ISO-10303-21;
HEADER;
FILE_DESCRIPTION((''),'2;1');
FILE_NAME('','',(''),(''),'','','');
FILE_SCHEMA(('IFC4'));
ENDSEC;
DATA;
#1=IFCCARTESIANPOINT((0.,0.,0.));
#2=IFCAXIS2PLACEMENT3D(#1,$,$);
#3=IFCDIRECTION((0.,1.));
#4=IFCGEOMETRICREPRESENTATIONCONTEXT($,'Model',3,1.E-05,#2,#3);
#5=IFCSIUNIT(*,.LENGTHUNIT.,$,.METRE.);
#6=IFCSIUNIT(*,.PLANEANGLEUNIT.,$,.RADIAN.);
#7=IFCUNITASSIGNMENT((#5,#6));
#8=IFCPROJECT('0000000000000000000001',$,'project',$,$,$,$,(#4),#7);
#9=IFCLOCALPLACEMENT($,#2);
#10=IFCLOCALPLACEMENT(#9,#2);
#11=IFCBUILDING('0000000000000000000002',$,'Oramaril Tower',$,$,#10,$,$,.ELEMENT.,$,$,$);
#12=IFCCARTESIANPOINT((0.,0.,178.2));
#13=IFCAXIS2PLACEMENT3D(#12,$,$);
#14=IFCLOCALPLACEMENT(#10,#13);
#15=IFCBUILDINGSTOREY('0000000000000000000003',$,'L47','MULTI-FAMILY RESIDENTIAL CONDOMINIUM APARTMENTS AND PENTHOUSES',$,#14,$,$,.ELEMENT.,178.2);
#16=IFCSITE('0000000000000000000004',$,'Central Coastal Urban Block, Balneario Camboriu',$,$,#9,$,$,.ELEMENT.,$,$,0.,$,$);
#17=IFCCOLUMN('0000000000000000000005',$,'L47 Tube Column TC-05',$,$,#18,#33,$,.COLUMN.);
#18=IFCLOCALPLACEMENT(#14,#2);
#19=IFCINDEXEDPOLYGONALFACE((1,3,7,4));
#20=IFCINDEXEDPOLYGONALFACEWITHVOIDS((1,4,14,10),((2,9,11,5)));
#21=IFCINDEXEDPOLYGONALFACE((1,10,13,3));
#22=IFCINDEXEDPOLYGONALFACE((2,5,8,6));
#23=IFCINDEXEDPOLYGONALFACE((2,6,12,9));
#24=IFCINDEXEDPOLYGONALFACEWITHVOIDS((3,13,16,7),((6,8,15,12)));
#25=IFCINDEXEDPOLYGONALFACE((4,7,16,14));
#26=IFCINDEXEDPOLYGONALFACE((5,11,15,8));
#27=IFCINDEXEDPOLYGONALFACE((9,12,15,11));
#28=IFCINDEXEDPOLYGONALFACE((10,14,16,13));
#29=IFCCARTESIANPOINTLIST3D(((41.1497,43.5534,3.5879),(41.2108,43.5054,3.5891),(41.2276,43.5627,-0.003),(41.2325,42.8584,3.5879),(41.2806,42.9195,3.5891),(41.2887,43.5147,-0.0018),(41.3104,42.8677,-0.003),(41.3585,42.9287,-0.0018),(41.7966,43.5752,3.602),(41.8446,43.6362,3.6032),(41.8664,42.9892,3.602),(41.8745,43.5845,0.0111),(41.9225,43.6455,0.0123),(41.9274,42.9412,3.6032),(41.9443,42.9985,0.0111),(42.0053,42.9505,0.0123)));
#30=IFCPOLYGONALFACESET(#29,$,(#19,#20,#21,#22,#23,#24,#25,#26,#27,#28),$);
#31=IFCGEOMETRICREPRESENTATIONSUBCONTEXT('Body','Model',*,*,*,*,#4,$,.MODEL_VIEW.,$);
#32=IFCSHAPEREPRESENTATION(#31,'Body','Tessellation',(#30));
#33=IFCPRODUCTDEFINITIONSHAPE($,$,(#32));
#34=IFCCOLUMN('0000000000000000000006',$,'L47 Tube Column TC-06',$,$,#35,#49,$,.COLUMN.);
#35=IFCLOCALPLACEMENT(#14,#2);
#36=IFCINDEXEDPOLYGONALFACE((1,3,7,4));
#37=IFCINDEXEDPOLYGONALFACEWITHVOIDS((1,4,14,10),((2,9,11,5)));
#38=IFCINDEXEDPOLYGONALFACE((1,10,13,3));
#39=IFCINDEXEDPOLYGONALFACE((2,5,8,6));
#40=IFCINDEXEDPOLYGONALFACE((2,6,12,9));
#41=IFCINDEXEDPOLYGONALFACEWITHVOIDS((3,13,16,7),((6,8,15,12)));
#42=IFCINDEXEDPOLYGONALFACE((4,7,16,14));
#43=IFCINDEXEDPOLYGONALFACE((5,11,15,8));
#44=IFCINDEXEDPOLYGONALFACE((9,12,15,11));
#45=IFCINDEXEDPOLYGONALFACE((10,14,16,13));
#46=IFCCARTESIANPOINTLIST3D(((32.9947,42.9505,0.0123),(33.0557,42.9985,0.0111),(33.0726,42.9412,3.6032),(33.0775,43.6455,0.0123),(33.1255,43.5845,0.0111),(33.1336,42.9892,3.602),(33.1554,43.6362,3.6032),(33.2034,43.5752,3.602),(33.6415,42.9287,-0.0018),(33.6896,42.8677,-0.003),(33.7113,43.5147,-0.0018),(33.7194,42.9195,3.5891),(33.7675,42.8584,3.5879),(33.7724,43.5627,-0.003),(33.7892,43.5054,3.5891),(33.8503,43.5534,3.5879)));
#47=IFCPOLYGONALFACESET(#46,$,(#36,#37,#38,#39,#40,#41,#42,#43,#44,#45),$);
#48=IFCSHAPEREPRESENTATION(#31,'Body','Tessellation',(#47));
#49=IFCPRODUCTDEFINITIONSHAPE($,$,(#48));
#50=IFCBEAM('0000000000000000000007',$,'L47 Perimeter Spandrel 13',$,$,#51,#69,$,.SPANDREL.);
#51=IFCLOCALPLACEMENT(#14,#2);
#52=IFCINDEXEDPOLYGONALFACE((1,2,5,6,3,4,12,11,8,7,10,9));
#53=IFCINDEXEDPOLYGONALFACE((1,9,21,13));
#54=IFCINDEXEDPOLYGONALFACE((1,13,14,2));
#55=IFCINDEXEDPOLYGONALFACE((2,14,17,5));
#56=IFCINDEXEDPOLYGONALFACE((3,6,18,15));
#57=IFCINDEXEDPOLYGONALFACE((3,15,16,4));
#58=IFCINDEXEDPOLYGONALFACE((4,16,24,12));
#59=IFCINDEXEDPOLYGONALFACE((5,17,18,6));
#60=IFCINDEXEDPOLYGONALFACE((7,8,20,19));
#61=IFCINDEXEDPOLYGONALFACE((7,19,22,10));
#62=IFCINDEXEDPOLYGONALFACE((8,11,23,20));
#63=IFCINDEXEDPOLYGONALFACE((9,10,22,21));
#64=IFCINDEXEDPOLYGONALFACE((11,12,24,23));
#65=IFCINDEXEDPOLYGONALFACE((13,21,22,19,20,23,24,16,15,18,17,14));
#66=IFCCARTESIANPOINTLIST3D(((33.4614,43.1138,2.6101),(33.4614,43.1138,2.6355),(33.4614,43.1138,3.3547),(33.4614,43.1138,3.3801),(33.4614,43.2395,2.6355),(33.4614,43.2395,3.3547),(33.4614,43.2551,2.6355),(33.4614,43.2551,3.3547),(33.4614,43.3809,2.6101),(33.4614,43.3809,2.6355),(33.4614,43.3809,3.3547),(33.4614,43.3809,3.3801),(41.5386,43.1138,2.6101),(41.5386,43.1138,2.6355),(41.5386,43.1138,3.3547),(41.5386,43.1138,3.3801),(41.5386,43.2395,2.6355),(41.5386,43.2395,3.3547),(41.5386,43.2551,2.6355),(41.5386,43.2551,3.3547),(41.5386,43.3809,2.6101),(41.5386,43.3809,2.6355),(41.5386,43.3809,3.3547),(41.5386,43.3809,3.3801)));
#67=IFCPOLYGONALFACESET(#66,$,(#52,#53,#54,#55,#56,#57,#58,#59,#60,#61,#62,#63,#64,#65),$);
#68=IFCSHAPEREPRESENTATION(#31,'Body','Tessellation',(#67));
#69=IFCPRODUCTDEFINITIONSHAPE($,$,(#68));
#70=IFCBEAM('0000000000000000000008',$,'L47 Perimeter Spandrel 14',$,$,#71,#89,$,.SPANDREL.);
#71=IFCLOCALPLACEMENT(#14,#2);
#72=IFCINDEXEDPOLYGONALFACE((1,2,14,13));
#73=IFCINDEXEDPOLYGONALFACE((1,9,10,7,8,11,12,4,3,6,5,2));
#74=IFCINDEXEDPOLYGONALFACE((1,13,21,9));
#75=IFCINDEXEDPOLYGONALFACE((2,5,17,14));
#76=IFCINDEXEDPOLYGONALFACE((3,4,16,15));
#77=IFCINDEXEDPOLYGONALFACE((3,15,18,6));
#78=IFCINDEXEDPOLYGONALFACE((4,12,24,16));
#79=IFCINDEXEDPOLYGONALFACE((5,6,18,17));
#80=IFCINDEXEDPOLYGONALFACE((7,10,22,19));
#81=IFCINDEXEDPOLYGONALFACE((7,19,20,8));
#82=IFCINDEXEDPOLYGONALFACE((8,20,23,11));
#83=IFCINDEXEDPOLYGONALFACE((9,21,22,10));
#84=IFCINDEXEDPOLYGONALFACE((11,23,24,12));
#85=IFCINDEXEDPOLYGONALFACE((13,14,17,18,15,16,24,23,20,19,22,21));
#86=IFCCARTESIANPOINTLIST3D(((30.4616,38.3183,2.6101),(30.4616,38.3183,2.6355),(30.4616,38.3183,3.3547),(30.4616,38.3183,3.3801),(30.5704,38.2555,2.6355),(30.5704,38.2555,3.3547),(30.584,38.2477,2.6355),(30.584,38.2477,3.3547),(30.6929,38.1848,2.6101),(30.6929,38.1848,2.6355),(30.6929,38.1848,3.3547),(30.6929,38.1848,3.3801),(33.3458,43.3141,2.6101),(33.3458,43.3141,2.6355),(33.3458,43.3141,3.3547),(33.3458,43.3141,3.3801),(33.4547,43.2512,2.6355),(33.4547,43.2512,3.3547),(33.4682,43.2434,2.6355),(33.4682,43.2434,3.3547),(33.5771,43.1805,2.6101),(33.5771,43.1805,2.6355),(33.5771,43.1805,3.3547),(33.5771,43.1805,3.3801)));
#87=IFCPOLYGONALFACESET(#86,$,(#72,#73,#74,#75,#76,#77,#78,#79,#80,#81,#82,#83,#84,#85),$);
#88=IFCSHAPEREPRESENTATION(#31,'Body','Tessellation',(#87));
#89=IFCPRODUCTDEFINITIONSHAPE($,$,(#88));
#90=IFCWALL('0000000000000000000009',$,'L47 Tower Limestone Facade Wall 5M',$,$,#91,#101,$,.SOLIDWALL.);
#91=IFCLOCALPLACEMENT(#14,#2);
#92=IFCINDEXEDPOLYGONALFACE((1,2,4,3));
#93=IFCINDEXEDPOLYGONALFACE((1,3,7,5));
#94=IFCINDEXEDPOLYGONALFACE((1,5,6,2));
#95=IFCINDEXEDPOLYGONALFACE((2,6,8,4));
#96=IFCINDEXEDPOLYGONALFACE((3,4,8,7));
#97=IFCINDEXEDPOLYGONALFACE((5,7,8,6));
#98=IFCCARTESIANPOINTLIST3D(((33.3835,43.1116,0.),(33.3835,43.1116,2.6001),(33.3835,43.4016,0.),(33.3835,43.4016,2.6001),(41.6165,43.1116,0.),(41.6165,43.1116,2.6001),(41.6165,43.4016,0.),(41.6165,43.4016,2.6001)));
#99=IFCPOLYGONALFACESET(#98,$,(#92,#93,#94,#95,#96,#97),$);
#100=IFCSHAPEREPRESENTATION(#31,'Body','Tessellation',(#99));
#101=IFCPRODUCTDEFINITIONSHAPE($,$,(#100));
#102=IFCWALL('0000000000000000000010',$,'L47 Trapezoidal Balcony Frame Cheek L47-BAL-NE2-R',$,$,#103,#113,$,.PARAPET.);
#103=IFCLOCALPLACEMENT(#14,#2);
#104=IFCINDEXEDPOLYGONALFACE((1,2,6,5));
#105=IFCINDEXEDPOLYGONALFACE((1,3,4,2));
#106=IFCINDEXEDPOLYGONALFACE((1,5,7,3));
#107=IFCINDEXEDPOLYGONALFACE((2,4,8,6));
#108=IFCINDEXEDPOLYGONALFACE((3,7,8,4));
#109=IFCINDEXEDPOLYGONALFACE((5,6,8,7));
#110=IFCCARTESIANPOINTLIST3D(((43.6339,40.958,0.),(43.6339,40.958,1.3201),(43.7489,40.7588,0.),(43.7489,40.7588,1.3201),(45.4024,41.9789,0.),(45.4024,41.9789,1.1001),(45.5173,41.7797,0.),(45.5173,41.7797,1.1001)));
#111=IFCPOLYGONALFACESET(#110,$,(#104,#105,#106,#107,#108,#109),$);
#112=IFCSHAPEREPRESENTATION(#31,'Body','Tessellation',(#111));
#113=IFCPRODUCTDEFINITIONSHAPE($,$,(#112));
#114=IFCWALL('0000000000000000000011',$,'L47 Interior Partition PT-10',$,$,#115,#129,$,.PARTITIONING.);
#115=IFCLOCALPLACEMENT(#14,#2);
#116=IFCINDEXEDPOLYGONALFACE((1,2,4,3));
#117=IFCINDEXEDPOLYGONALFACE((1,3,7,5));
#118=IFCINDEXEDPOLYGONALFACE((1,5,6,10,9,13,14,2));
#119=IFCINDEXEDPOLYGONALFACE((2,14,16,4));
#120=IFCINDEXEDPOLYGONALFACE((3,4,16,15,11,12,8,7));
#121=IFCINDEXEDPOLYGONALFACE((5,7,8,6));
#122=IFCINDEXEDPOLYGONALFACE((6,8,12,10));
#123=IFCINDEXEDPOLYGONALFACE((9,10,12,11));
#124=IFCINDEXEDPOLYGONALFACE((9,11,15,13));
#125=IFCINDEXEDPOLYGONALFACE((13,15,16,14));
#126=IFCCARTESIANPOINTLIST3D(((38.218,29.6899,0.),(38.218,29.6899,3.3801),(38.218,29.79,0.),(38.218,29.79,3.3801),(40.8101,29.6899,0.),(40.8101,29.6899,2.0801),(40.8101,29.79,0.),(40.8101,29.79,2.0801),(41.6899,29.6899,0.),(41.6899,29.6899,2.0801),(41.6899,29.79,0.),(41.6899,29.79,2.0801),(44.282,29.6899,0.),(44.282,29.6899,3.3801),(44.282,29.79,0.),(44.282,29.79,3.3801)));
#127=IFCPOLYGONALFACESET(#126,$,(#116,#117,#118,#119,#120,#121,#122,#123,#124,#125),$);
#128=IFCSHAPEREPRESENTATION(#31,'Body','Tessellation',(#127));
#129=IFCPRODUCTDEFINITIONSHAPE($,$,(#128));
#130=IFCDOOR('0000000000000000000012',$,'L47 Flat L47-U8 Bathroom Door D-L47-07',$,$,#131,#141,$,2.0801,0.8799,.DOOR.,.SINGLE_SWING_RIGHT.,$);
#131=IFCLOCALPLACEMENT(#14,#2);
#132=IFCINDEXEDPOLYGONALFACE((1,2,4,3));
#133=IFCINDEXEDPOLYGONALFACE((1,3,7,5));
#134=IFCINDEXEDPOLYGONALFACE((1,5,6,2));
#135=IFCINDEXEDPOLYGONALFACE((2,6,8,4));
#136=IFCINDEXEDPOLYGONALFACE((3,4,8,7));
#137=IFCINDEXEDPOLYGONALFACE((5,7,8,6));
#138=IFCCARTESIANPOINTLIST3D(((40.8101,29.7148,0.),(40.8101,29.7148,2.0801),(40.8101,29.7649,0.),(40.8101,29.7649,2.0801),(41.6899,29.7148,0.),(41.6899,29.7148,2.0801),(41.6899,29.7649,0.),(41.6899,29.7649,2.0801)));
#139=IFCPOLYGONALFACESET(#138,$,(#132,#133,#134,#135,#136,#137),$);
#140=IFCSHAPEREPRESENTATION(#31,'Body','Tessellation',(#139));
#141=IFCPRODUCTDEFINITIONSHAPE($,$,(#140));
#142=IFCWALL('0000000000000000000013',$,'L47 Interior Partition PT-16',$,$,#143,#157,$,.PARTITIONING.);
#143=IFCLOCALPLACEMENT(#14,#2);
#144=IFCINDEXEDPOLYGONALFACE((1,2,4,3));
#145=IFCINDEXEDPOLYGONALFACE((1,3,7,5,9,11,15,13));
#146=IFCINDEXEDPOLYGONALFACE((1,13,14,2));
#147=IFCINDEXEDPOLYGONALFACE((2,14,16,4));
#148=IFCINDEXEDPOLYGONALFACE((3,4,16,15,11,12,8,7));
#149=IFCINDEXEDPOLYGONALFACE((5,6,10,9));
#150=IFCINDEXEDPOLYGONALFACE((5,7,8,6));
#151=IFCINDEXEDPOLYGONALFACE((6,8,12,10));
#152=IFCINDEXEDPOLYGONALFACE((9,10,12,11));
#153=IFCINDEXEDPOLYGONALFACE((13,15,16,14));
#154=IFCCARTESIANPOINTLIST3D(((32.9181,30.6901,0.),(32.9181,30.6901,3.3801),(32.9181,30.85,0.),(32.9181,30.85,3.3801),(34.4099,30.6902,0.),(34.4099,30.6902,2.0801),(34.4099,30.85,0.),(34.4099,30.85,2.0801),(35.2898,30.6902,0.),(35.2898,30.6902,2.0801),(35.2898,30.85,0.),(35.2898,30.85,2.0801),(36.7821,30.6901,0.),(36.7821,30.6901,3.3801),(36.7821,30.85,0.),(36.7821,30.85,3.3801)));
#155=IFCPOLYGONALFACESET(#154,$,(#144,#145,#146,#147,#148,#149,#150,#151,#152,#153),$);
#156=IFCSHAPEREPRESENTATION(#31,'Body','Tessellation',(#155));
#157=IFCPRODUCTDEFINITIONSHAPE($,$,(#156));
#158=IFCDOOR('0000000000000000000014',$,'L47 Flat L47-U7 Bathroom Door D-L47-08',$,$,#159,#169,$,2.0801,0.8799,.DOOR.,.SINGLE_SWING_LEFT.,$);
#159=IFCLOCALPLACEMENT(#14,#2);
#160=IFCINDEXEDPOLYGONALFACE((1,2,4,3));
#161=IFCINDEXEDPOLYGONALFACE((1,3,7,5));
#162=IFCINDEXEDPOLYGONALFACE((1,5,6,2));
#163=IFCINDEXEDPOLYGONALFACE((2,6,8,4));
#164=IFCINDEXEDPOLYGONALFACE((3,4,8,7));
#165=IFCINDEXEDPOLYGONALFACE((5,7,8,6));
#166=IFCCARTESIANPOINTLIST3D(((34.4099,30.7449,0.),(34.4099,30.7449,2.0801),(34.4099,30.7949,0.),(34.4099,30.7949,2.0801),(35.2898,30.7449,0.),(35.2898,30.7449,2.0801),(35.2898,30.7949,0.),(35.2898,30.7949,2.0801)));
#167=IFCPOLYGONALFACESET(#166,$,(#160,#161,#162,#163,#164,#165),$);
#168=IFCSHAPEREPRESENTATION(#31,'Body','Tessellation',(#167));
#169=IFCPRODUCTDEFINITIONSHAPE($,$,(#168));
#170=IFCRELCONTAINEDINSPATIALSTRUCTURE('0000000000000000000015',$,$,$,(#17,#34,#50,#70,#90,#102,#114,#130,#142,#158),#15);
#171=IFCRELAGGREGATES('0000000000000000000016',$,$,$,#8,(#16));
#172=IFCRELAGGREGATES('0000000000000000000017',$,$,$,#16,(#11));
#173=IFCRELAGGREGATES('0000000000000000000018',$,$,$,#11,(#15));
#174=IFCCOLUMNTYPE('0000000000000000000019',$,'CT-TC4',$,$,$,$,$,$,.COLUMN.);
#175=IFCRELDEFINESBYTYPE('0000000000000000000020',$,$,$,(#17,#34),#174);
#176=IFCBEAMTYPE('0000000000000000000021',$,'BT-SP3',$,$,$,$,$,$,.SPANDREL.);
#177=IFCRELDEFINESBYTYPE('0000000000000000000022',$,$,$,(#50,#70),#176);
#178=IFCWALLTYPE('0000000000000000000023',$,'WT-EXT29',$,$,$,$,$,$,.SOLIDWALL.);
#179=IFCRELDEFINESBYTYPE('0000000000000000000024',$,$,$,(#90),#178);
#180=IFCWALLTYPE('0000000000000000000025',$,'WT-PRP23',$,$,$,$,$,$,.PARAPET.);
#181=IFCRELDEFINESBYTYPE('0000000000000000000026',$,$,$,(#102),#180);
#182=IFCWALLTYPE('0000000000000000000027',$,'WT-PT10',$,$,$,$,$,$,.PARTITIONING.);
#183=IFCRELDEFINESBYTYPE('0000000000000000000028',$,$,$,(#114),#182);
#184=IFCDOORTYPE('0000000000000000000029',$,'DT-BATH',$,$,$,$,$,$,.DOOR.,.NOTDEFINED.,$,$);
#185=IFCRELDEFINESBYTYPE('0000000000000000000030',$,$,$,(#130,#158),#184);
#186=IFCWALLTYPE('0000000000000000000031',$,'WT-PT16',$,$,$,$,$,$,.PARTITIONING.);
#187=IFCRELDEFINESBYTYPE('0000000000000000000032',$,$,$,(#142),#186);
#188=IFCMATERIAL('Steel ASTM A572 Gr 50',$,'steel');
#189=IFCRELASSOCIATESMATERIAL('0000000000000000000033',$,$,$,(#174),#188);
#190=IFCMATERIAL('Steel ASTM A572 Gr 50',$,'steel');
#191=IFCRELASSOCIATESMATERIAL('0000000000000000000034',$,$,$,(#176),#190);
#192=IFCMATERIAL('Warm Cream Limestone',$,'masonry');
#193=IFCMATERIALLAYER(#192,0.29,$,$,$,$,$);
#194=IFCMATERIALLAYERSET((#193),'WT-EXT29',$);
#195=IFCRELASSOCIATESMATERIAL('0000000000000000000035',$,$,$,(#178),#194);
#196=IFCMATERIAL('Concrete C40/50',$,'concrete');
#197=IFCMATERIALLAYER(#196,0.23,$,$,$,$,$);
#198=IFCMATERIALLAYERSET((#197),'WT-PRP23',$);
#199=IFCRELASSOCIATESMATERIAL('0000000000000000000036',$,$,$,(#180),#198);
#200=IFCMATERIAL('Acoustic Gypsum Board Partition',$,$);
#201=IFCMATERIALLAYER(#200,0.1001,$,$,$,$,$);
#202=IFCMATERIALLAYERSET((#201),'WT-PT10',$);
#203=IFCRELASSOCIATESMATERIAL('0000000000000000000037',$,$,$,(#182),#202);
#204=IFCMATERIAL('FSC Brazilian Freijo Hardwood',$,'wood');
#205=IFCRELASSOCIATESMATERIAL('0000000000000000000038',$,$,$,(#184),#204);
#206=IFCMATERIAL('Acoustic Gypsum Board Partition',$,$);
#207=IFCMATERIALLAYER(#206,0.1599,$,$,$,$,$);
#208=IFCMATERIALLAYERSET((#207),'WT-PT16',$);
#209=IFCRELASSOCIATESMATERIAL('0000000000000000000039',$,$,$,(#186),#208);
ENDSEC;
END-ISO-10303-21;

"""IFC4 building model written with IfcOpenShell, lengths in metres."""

from ifc_helpers import new_model, si_unit, direction, frame, frame_2d, origin, origin_2d, place, context, subcontext, project, spatial, polyline, rectangle, hollow_rectangle, i_section, outline, extrude, material, layer, layer_set, material_profile, profile_set, type_object, element, fill, save


model = new_model("IFC4")

# Units and contexts
model_context = context("Model", 3, precision=1e-05, world=origin(), true_north=direction((0.0, 1.0)))
body_context = subcontext(model_context, "Body", "Model", "MODEL_VIEW")
ifc_project = project(units=[si_unit("LENGTHUNIT", "METRE"), si_unit("PLANEANGLEUNIT", "RADIAN")], contexts=[model_context])

# Site, building, storey
site_placement = place(None, origin())
site = spatial("IfcSite", under=ifc_project, at=site_placement, Name="Central Coastal Urban Block, Balneario Camboriu", CompositionType="ELEMENT", RefElevation=0.0)
building_placement = place(site_placement, origin())
building = spatial("IfcBuilding", under=site, at=building_placement, Name="Oramaril Tower", CompositionType="ELEMENT")
storey_placement = place(building_placement, frame((0.0, 0.0, 178.2)))
storey = spatial("IfcBuildingStorey", under=building, at=storey_placement, Name="L47", Description="MULTI-FAMILY RESIDENTIAL CONDOMINIUM APARTMENTS AND PENTHOUSES", CompositionType="ELEMENT", Elevation=178.2)

# Columns
ifc_material_1 = material(Name="Steel ASTM A572 Gr 50", Category="steel")
ifc_material_profile_1 = material_profile(ifc_material_1, hollow_rectangle(XDim=0.7, YDim=0.7, WallThickness=0.0549, at=origin_2d()), Name="BOX700X700X55")
ifc_profile_set_1 = profile_set([ifc_material_profile_1], Name="Steel ASTM A572 Gr 50")
column_type = type_object("IfcColumnType", Name="CT-TC4", PredefinedType="COLUMN", material=ifc_profile_set_1)
for number, where, z_axis, x_axis, name in (
    (1, (41.6165, 43.2566, 0.0046), (-0.021684, -0.002583, 0.999762), (0.118286, -0.99298, 0.0), "L47 Tube Column TC-05"),
    (2, (33.3835, 43.2566, 0.0046), (0.021684, -0.002583, 0.999762), (0.118286, 0.99298, 0.0), "L47 Tube Column TC-06"),
):
    element("IfcColumn", number, at=place(storey_placement, frame(where, z_axis=z_axis, x_axis=x_axis)), inside=storey, type_object=column_type, Name=name, PredefinedType="COLUMN", context=body_context, shape_type="SweptSolid", body=[
        extrude(hollow_rectangle(XDim=0.7, YDim=0.7, WallThickness=0.0549, at=origin_2d()), origin(), (0.0, 0.0, 1.0), 3.5918),
    ])

# Beams
ifc_material_2 = material(Name="Steel ASTM A572 Gr 50", Category="steel")
ifc_material_profile_2 = material_profile(ifc_material_2, i_section(OverallWidth=0.2671, OverallDepth=0.77, WebThickness=0.0156, FlangeThickness=0.0254, at=origin_2d()), Name="W30X132")
ifc_profile_set_2 = profile_set([ifc_material_profile_2], Name="Steel ASTM A572 Gr 50")
beam_type = type_object("IfcBeamType", Name="BT-SP3", PredefinedType="SPANDREL", material=ifc_profile_set_2)
beam_1_placement = place(storey_placement, frame((41.5386, 43.2473, 2.9951), z_axis=(-1.0, 0.0, 0.0), x_axis=(0.0, -1.0, 0.0)))
element("IfcBeam", 3, at=beam_1_placement, inside=storey, type_object=beam_type, Name="L47 Perimeter Spandrel 13", PredefinedType="SPANDREL", context=body_context, shape_type="SweptSolid", body=[
    extrude(i_section(OverallWidth=0.2671, OverallDepth=0.77, WebThickness=0.0156, FlangeThickness=0.0254, at=origin_2d()), origin(), (0.0, 0.0, 1.0), 8.0771),
])
beam_2_placement = place(storey_placement, frame((33.4614, 43.2473, 2.9951), z_axis=(-0.49999, -0.866031, 0.0), x_axis=(0.866031, -0.49999, 0.0)))
element("IfcBeam", 4, at=beam_2_placement, inside=storey, type_object=beam_type, Name="L47 Perimeter Spandrel 14", PredefinedType="SPANDREL", context=body_context, shape_type="SweptSolid", body=[
    extrude(i_section(OverallWidth=0.2671, OverallDepth=0.77, WebThickness=0.0156, FlangeThickness=0.0254, at=origin_2d()), origin(), (0.0, 0.0, 1.0), 5.7686),
])

# Wall
ifc_material_3 = material(Name="Warm Cream Limestone", Category="masonry")
ifc_layer_1 = layer(ifc_material_3, 0.29)
ifc_layer_set_1 = layer_set([ifc_layer_1], Name="WT-EXT29")
wall_type_1 = type_object("IfcWallType", Name="WT-EXT29", PredefinedType="SOLIDWALL", material=ifc_layer_set_1)
wall_1_placement = place(storey_placement, frame((41.6165, 43.2566, 0.0), z_axis=(0.0, 0.0, 1.0), x_axis=(-1.0, 0.0, 0.0)))
element("IfcWall", 5, at=wall_1_placement, inside=storey, type_object=wall_type_1, Name="L47 Tower Limestone Facade Wall 5M", PredefinedType="SOLIDWALL", context=body_context, shape_type="SweptSolid", body=[
    extrude(rectangle(XDim=8.2329, YDim=0.29, at=frame_2d((4.1165, 0.0))), origin(), (0.0, 0.0, 1.0), 2.6001),
])

# Wall
ifc_material_4 = material(Name="Concrete C40/50", Category="concrete")
ifc_layer_2 = layer(ifc_material_4, 0.23)
ifc_layer_set_2 = layer_set([ifc_layer_2], Name="WT-PRP23")
wall_type_2 = type_object("IfcWallType", Name="WT-PRP23", PredefinedType="PARAPET", material=ifc_layer_set_2)
wall_2_placement = place(storey_placement, frame((43.6914, 40.8584, 0.0), z_axis=(0.0, 0.0, 1.0), x_axis=(0.866042, 0.499971, 0.0)))
element("IfcWall", 6, at=wall_2_placement, inside=storey, type_object=wall_type_2, Name="L47 Trapezoidal Balcony Frame Cheek L47-BAL-NE2-R", PredefinedType="PARAPET", context=body_context, shape_type="SweptSolid", body=[
    extrude(outline(polyline([(0.0, 0.0), (2.042, 0.0), (2.042, 1.1001), (0.0, 1.3201), (0.0, 0.0)])), frame((0.0, 0.115, 0.0), z_axis=(0.0, -1.0, 0.0), x_axis=(1.0, 0.0, 0.0)), (0.0, 0.0, 1.0), 0.23),
])

# Walls, openings, doors
ifc_material_5 = material(Name="Acoustic Gypsum Board Partition")
ifc_layer_3 = layer(ifc_material_5, 0.1001)
ifc_layer_set_3 = layer_set([ifc_layer_3], Name="WT-PT10")
wall_type_3 = type_object("IfcWallType", Name="WT-PT10", PredefinedType="PARTITIONING", material=ifc_layer_set_3)
wall_3_placement = place(storey_placement, frame((38.218, 29.74, 0.0), z_axis=(0.0, 0.0, 1.0), x_axis=(1.0, 0.0, 0.0)))
wall_3 = element("IfcWall", 7, at=wall_3_placement, inside=storey, type_object=wall_type_3, Name="L47 Interior Partition PT-10", PredefinedType="PARTITIONING", context=body_context, shape_type="SweptSolid", body=[
    extrude(rectangle(XDim=6.064, YDim=0.1001, at=frame_2d((3.032, 0.0))), origin(), (0.0, 0.0, 1.0), 3.3801),
])
opening_1_placement = place(wall_3_placement, frame((2.592, 0.0, 0.0)))
opening_1 = element("IfcOpeningElement", 8, at=opening_1_placement, cuts=wall_3, PredefinedType="OPENING", context=body_context, shape_type="SweptSolid", body=[
    extrude(rectangle(XDim=0.8799, YDim=2.0801, at=frame_2d((0.4399, 1.04))), frame((0.0, 0.05, 0.0), z_axis=(0.0, -1.0, 0.0), x_axis=(1.0, 0.0, 0.0)), (0.0, 0.0, 1.0), 0.1001),
])
ifc_material_6 = material(Name="FSC Brazilian Freijo Hardwood", Category="wood")
door_type_1 = type_object("IfcDoorType", Name="DT-BATH", OperationType="NOTDEFINED", PredefinedType="DOOR", material=ifc_material_6)
door_1_placement = place(opening_1_placement, origin())
door_1 = element("IfcDoor", 9, at=door_1_placement, inside=storey, type_object=door_type_1, Name="L47 Flat L47-U8 Bathroom Door D-L47-07", OperationType="SINGLE_SWING_RIGHT", OverallHeight=2.0801, OverallWidth=0.8799, PredefinedType="DOOR", context=body_context, shape_type="SweptSolid", body=[
    extrude(rectangle(XDim=0.8799, YDim=2.0801, at=frame_2d((0.4399, 1.04))), frame((0.0, 0.0249, 0.0), z_axis=(0.0, -1.0, 0.0), x_axis=(1.0, 0.0, 0.0)), (0.0, 0.0, 1.0), 0.05),
])
fill(opening_1, door_1)
ifc_material_7 = material(Name="Acoustic Gypsum Board Partition")
ifc_layer_4 = layer(ifc_material_7, 0.1599)
ifc_layer_set_4 = layer_set([ifc_layer_4], Name="WT-PT16")
wall_type_4 = type_object("IfcWallType", Name="WT-PT16", PredefinedType="PARTITIONING", material=ifc_layer_set_4)
wall_4_placement = place(storey_placement, frame((32.918, 30.77, 0.0), z_axis=(0.0, 0.0, 1.0), x_axis=(1.0, 0.0, 0.0)))
wall_4 = element("IfcWall", 10, at=wall_4_placement, inside=storey, type_object=wall_type_4, Name="L47 Interior Partition PT-16", PredefinedType="PARTITIONING", context=body_context, shape_type="SweptSolid", body=[
    extrude(rectangle(XDim=3.864, YDim=0.1599, at=frame_2d((1.9321, 0.0))), origin(), (0.0, 0.0, 1.0), 3.3801),
])
opening_2_placement = place(wall_4_placement, frame((1.4919, 0.0, 0.0)))
opening_2 = element("IfcOpeningElement", 11, at=opening_2_placement, cuts=wall_4, PredefinedType="OPENING", context=body_context, shape_type="SweptSolid", body=[
    extrude(rectangle(XDim=0.8799, YDim=2.0801, at=frame_2d((0.4399, 1.04))), frame((0.0, 0.0801, 0.0), z_axis=(0.0, -1.0, 0.0), x_axis=(1.0, 0.0, 0.0)), (0.0, 0.0, 1.0), 0.1599),
])
door_2_placement = place(opening_2_placement, origin())
door_2 = element("IfcDoor", 12, at=door_2_placement, inside=storey, type_object=door_type_1, Name="L47 Flat L47-U7 Bathroom Door D-L47-08", OperationType="SINGLE_SWING_LEFT", OverallHeight=2.0801, OverallWidth=0.8799, PredefinedType="DOOR", context=body_context, shape_type="SweptSolid", body=[
    extrude(rectangle(XDim=0.8799, YDim=2.0801, at=frame_2d((0.4399, 1.04))), frame((0.0, 0.0249, 0.0), z_axis=(0.0, -1.0, 0.0), x_axis=(1.0, 0.0, 0.0)), (0.0, 0.0, 1.0), 0.05),
])
fill(opening_2, door_2)

save(model, "model.ifc")
